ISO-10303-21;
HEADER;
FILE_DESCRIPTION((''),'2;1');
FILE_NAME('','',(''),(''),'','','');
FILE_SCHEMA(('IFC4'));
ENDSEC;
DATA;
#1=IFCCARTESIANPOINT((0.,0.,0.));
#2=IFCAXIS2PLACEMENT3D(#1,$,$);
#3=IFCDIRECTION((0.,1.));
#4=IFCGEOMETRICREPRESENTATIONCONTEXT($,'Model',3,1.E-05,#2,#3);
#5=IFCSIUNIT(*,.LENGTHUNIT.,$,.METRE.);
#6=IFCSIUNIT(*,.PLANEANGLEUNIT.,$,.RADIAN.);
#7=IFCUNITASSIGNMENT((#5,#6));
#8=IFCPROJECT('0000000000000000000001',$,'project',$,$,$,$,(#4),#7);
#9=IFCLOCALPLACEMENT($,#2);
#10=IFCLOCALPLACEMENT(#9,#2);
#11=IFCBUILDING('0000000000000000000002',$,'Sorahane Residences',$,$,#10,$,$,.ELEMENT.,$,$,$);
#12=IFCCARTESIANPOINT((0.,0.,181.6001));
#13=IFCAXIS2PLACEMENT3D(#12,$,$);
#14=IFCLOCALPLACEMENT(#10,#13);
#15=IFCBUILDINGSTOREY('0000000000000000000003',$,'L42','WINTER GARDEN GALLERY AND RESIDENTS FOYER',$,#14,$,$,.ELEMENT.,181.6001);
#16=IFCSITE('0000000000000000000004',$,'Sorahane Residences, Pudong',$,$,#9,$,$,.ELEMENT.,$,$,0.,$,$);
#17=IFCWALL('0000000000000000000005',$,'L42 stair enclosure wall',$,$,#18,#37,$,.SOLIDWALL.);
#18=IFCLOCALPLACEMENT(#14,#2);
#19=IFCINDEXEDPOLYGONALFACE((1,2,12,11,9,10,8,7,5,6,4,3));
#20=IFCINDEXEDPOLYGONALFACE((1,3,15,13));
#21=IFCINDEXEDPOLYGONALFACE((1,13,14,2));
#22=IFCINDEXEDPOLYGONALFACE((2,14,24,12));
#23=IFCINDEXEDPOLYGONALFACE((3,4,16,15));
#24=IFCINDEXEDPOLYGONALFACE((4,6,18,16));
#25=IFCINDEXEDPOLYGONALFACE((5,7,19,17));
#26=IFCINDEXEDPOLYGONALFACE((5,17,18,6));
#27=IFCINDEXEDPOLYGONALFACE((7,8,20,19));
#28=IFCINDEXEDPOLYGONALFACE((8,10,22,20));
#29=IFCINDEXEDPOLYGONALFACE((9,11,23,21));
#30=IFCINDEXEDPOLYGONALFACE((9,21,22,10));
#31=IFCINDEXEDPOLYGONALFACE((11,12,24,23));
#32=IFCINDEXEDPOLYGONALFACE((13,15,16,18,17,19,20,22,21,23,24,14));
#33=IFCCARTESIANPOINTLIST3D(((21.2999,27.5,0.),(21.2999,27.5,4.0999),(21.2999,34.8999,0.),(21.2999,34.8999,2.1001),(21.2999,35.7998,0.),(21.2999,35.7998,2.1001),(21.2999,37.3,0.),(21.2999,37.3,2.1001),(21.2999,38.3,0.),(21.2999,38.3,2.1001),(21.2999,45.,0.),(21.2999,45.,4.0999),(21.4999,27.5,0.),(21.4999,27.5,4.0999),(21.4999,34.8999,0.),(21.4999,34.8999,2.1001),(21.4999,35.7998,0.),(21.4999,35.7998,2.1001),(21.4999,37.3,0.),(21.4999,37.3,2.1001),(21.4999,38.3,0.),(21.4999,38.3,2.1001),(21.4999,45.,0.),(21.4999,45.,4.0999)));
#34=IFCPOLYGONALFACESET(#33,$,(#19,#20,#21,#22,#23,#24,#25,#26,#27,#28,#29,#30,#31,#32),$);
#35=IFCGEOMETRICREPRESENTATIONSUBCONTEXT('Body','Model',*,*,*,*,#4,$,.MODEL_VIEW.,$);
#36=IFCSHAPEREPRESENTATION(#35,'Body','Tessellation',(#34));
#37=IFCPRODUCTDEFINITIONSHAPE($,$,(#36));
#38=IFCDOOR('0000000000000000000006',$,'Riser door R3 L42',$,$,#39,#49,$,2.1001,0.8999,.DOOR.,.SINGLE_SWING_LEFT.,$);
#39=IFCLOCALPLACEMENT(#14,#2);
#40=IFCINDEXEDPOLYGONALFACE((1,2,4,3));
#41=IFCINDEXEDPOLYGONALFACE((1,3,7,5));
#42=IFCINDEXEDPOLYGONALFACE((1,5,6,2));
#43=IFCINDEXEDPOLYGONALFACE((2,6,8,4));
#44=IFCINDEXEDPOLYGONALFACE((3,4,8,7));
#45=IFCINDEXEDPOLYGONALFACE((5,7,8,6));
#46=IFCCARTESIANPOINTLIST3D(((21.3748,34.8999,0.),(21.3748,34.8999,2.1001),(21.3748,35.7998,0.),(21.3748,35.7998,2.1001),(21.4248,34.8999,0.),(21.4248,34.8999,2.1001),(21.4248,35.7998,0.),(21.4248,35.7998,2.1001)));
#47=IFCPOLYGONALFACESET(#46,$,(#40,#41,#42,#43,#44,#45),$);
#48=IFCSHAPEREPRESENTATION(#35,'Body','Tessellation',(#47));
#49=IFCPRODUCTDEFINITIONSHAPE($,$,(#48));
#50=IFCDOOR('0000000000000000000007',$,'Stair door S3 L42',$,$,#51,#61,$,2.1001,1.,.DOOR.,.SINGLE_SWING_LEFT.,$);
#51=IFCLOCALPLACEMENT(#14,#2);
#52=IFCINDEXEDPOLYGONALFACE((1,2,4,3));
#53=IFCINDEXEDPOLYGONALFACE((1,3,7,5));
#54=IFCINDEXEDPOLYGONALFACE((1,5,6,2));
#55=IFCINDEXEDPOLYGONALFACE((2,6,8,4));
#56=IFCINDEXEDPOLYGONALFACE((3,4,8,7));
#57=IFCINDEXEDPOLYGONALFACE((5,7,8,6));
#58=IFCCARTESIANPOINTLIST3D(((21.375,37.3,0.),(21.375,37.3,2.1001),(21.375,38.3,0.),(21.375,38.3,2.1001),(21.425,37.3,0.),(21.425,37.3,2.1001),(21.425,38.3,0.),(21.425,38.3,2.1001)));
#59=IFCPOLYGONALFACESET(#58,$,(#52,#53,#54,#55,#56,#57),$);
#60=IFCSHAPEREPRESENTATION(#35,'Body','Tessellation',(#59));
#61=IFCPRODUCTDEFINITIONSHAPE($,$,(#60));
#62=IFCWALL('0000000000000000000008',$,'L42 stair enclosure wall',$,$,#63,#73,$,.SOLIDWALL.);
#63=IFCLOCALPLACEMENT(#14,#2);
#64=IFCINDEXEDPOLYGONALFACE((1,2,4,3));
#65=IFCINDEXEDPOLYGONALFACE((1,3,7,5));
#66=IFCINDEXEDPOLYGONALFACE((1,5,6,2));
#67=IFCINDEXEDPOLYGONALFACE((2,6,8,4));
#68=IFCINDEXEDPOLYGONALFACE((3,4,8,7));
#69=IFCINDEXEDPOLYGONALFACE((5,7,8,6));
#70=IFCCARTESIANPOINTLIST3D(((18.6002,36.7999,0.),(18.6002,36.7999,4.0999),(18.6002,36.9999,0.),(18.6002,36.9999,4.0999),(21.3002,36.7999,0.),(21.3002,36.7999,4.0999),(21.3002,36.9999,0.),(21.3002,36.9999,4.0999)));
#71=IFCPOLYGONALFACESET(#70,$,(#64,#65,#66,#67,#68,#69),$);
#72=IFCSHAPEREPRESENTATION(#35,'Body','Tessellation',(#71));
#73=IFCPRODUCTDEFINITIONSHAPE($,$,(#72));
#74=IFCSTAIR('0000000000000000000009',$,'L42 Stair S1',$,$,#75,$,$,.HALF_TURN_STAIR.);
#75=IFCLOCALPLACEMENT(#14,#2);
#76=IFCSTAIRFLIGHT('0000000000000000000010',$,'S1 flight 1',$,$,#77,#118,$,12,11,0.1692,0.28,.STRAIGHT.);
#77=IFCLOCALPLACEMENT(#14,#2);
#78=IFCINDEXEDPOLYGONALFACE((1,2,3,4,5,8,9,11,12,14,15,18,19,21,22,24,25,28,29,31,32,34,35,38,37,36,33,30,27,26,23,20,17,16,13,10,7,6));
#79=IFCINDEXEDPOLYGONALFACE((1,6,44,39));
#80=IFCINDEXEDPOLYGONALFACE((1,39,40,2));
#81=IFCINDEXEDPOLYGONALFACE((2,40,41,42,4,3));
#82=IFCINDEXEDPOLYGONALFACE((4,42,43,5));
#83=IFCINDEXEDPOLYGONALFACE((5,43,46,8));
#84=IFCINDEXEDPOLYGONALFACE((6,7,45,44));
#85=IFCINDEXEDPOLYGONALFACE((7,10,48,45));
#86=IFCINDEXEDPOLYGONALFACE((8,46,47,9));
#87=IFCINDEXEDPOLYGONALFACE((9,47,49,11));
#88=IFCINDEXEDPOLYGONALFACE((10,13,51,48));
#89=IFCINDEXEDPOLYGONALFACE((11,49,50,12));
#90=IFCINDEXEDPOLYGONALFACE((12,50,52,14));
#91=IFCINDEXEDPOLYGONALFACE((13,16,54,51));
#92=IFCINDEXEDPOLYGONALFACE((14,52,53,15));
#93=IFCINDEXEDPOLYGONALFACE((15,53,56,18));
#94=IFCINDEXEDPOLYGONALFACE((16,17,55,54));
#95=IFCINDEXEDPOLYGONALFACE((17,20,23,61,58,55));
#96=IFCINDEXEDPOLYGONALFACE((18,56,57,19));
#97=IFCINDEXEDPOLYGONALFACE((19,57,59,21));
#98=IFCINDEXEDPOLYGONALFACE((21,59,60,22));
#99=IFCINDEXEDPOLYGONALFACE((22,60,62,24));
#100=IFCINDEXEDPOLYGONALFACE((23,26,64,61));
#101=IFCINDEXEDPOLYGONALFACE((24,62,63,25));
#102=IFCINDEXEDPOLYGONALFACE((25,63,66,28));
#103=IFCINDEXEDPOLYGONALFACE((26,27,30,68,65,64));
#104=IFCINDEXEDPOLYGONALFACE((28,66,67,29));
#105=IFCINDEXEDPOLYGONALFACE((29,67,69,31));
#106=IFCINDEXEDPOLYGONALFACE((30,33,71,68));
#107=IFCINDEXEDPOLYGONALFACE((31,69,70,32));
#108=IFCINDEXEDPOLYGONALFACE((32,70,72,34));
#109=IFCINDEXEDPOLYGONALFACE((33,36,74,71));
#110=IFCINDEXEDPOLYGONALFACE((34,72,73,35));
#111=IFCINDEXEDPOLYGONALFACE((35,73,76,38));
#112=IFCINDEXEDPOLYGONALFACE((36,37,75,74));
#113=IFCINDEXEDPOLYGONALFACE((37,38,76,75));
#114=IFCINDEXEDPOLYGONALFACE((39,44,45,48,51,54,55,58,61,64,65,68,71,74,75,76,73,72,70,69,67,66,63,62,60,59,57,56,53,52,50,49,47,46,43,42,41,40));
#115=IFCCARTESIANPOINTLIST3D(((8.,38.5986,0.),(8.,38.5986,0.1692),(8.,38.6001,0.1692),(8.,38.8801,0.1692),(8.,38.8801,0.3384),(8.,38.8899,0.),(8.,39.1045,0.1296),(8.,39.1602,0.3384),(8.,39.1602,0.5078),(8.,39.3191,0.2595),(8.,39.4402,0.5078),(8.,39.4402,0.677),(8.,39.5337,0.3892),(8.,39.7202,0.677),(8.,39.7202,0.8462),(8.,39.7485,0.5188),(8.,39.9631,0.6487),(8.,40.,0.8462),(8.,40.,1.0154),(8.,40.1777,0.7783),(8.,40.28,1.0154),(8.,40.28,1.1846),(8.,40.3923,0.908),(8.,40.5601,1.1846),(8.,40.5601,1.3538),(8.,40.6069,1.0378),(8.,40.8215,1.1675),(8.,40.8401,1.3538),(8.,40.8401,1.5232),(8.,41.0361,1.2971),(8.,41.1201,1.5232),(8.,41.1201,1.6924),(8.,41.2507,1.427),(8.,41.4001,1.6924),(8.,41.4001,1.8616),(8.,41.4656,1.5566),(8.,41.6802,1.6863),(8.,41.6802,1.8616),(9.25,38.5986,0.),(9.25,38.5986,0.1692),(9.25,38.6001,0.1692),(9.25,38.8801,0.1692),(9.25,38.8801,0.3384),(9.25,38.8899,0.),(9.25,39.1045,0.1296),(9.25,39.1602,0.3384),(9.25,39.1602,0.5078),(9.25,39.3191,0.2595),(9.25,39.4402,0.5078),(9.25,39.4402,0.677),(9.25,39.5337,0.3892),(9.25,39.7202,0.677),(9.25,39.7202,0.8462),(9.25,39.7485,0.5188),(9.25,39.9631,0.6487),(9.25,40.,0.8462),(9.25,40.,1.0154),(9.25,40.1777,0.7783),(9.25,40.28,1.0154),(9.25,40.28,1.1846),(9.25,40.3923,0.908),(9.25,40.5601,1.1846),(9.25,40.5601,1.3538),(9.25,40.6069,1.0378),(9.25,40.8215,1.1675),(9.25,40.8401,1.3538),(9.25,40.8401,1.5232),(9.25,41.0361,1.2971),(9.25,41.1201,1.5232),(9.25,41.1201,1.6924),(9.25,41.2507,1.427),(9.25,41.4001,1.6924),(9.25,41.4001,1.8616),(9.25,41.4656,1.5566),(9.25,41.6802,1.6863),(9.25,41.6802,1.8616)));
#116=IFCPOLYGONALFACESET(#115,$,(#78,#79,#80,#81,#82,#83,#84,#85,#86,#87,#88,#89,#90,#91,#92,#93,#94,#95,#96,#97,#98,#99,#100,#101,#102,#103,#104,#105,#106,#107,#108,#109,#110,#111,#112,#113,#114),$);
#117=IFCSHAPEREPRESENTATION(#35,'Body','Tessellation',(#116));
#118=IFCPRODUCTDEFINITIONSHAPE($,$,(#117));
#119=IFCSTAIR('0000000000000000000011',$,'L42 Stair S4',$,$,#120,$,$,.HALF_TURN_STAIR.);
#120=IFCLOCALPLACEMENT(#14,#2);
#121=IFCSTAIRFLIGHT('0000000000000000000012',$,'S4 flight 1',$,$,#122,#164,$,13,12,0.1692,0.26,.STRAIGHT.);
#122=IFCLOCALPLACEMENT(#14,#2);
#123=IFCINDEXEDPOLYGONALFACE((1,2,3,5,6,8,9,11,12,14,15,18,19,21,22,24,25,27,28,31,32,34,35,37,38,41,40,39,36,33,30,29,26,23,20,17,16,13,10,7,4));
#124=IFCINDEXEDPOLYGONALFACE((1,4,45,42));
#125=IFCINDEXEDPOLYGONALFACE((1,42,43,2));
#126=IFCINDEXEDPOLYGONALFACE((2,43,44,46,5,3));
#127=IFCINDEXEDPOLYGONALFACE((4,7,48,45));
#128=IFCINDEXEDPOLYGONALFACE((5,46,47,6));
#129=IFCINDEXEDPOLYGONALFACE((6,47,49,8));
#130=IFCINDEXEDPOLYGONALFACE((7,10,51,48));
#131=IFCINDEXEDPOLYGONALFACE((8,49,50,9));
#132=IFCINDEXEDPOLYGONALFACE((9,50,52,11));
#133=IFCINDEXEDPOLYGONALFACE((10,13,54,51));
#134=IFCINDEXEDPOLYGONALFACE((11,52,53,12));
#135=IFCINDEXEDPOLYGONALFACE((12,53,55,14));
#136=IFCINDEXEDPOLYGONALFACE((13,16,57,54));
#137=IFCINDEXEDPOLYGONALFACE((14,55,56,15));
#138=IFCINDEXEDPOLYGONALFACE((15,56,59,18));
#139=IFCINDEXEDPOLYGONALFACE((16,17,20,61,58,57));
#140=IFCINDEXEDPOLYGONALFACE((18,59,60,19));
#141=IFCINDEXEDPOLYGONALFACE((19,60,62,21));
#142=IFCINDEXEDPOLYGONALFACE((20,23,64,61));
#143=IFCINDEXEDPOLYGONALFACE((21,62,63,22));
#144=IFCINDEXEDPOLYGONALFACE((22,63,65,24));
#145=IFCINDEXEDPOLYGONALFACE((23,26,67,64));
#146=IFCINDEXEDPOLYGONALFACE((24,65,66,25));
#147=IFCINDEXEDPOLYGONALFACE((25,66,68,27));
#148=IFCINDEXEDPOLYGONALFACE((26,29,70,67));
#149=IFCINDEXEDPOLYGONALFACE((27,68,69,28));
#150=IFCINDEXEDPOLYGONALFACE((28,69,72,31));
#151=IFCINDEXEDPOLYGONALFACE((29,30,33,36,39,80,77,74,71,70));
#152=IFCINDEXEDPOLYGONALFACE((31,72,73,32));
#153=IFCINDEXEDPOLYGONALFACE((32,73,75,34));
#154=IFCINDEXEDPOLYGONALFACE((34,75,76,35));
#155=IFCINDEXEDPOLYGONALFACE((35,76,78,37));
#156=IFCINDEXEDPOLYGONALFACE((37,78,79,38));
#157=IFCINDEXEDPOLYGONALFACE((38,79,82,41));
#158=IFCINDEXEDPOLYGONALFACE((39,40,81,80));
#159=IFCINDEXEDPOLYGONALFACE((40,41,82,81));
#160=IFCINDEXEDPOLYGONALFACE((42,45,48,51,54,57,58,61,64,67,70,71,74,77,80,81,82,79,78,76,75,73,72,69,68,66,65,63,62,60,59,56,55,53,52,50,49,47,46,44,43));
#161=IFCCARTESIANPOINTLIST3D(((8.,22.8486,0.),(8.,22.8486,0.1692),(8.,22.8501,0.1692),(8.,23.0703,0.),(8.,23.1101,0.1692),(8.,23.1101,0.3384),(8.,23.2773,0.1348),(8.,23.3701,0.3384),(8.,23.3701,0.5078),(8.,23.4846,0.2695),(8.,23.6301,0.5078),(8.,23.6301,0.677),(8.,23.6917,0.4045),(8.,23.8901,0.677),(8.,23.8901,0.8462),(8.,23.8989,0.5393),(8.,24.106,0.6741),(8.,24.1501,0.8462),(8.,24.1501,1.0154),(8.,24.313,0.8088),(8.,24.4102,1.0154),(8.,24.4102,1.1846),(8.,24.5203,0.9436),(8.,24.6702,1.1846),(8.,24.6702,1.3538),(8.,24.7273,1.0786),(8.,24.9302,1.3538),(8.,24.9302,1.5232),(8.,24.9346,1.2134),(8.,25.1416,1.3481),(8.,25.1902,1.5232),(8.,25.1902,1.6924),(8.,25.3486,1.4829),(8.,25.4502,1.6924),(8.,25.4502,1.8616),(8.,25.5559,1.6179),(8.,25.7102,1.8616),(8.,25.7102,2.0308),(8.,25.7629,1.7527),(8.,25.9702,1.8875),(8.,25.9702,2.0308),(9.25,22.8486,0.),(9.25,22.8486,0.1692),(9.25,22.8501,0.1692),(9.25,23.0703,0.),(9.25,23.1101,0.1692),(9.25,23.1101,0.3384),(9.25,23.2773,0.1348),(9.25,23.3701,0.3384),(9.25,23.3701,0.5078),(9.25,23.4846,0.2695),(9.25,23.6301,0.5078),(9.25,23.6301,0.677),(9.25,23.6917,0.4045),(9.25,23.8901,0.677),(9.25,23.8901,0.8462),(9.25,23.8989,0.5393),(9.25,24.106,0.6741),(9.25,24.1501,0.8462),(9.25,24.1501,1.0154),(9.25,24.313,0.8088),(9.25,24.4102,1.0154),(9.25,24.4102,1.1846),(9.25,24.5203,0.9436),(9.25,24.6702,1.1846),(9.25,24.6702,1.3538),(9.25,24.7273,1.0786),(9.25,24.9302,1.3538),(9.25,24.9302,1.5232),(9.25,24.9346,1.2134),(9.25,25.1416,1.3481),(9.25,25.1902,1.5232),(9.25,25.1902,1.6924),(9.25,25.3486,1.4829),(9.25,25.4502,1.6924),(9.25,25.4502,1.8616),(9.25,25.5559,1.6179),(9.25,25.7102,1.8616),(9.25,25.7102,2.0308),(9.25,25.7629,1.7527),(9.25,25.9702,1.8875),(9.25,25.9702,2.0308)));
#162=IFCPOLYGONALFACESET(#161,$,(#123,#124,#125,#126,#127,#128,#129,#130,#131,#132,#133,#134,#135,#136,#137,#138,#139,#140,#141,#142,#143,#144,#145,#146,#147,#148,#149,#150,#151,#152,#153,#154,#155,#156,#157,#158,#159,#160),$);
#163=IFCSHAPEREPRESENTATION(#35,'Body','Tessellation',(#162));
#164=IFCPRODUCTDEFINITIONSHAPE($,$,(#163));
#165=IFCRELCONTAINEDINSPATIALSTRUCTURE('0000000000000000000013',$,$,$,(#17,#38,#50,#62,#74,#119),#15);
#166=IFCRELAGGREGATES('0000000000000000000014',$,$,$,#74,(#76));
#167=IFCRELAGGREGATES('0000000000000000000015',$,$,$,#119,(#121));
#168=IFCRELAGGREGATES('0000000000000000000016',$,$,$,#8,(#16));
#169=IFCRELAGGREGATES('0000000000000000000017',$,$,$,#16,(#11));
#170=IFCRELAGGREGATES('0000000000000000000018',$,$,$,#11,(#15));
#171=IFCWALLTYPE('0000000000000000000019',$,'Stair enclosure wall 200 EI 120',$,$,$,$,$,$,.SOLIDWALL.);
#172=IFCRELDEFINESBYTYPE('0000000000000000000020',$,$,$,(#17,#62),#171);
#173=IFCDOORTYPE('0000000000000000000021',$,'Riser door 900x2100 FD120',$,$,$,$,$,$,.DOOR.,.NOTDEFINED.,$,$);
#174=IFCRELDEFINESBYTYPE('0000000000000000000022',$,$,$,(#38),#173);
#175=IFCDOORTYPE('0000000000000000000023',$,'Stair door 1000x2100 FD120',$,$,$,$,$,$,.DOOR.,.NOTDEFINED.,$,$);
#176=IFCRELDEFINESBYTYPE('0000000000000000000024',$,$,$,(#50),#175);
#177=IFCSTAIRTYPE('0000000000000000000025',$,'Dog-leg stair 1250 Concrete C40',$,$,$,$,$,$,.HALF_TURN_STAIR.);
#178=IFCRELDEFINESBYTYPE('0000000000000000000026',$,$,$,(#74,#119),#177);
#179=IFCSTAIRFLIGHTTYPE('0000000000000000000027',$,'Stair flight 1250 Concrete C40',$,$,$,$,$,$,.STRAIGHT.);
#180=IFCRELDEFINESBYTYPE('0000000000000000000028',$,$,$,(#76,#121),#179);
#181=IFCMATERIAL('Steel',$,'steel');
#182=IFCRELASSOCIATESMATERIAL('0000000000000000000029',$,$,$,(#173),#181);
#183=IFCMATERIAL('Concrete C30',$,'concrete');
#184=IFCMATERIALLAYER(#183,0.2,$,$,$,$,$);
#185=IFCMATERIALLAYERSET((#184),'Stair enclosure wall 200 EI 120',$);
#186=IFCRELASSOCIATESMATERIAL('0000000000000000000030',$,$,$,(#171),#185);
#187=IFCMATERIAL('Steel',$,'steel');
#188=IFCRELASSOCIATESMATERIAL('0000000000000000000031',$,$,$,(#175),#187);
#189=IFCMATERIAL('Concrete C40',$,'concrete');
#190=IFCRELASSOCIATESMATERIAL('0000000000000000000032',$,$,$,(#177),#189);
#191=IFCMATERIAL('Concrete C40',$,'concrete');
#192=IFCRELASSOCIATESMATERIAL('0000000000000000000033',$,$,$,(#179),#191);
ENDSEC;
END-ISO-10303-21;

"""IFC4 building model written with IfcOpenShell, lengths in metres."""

from ifc_helpers import new_model, si_unit, direction, frame, frame_2d, origin, place, context, subcontext, project, spatial, polyline, rectangle, outline, extrude, material, layer, layer_set, type_object, element, fill, aggregate, save


model = new_model("IFC4")

# Units and contexts
model_context = context("Model", 3, precision=1e-05, world=origin(), true_north=direction((0.0, 1.0)))
body_context = subcontext(model_context, "Body", "Model", "MODEL_VIEW")
ifc_project = project(units=[si_unit("LENGTHUNIT", "METRE"), si_unit("PLANEANGLEUNIT", "RADIAN")], contexts=[model_context])

# Site, building, storey
site_placement = place(None, origin())
site = spatial("IfcSite", under=ifc_project, at=site_placement, Name="Sorahane Residences, Pudong", CompositionType="ELEMENT", RefElevation=0.0)
building_placement = place(site_placement, origin())
building = spatial("IfcBuilding", under=site, at=building_placement, Name="Sorahane Residences", CompositionType="ELEMENT")
storey_placement = place(building_placement, frame((0.0, 0.0, 181.6001)))
storey = spatial("IfcBuildingStorey", under=building, at=storey_placement, Name="L42", Description="WINTER GARDEN GALLERY AND RESIDENTS FOYER", CompositionType="ELEMENT", Elevation=181.6001)

# Shared definitions
ifc_material_1 = material(Name="Steel", Category="steel")
door_type_1 = type_object("IfcDoorType", Name="Riser door 900x2100 FD120", OperationType="NOTDEFINED", PredefinedType="DOOR", material=ifc_material_1)

# Wall, openings, doors
ifc_material_2 = material(Name="Concrete C30", Category="concrete")
ifc_layer_1 = layer(ifc_material_2, 0.2)
ifc_layer_set_1 = layer_set([ifc_layer_1], Name="Stair enclosure wall 200 EI 120")
wall_type_1 = type_object("IfcWallType", Name="Stair enclosure wall 200 EI 120", PredefinedType="SOLIDWALL", material=ifc_layer_set_1)
wall_1_placement = place(storey_placement, frame((21.3999, 27.5, 0.0), z_axis=(0.0, 0.0, 1.0), x_axis=(0.0, 1.0, 0.0)))
wall_1 = element("IfcWall", 1, at=wall_1_placement, inside=storey, type_object=wall_type_1, Name="L42 stair enclosure wall", PredefinedType="SOLIDWALL", context=body_context, shape_type="SweptSolid", body=[
    extrude(rectangle(XDim=17.5, YDim=0.2, at=frame_2d((8.75, 0.0))), origin(), (0.0, 0.0, 1.0), 4.0999),
])
opening_1_placement = place(wall_1_placement, frame((9.8, 0.0, 0.0)))
opening_1 = element("IfcOpeningElement", 2, at=opening_1_placement, cuts=wall_1, PredefinedType="OPENING", context=body_context, shape_type="SweptSolid", body=[
    extrude(rectangle(XDim=1.0, YDim=2.1001, at=frame_2d((0.5, 1.05))), frame((0.0, 0.1099, 0.0), z_axis=(0.0, -1.0, 0.0), x_axis=(1.0, 0.0, 0.0)), (0.0, 0.0, 1.0), 0.22),
])
opening_2_placement = place(wall_1_placement, frame((7.3999, 0.0, 0.0)))
opening_2 = element("IfcOpeningElement", 3, at=opening_2_placement, cuts=wall_1, PredefinedType="OPENING", context=body_context, shape_type="SweptSolid", body=[
    extrude(rectangle(XDim=0.8999, YDim=2.1001, at=frame_2d((0.45, 1.05))), frame((0.0, 0.1099, 0.0), z_axis=(0.0, -1.0, 0.0), x_axis=(1.0, 0.0, 0.0)), (0.0, 0.0, 1.0), 0.22),
])
door_1_placement = place(opening_2_placement, frame((0.8999, 0.0, 0.0), z_axis=(0.0, 0.0, 1.0), x_axis=(-1.0, 0.0, 0.0)))
door_1 = element("IfcDoor", 4, at=door_1_placement, inside=storey, type_object=door_type_1, Name="Riser door R3 L42", OperationType="SINGLE_SWING_LEFT", OverallHeight=2.1001, OverallWidth=0.8999, PredefinedType="DOOR", context=body_context, shape_type="SweptSolid", body=[
    extrude(rectangle(XDim=0.8999, YDim=2.1001, at=frame_2d((0.45, 1.05))), frame((0.0, 0.0249, 0.0), z_axis=(0.0, -1.0, 0.0), x_axis=(1.0, 0.0, 0.0)), (0.0, 0.0, 1.0), 0.05),
])
fill(opening_2, door_1)
ifc_material_3 = material(Name="Steel", Category="steel")
door_type_2 = type_object("IfcDoorType", Name="Stair door 1000x2100 FD120", OperationType="NOTDEFINED", PredefinedType="DOOR", material=ifc_material_3)
door_2_placement = place(opening_1_placement, origin())
door_2 = element("IfcDoor", 5, at=door_2_placement, inside=storey, type_object=door_type_2, Name="Stair door S3 L42", OperationType="SINGLE_SWING_LEFT", OverallHeight=2.1001, OverallWidth=1.0, PredefinedType="DOOR", context=body_context, shape_type="SweptSolid", body=[
    extrude(rectangle(XDim=1.0, YDim=2.1001, at=frame_2d((0.5, 1.05))), frame((0.0, 0.0249, 0.0), z_axis=(0.0, -1.0, 0.0), x_axis=(1.0, 0.0, 0.0)), (0.0, 0.0, 1.0), 0.05),
])
fill(opening_1, door_2)

# Wall
wall_2_placement = place(storey_placement, frame((18.6001, 36.8999, 0.0), z_axis=(0.0, 0.0, 1.0), x_axis=(1.0, 0.0, 0.0)))
element("IfcWall", 6, at=wall_2_placement, inside=storey, type_object=wall_type_1, Name="L42 stair enclosure wall", PredefinedType="SOLIDWALL", context=body_context, shape_type="SweptSolid", body=[
    extrude(rectangle(XDim=2.7, YDim=0.2, at=frame_2d((1.3501, 0.0))), origin(), (0.0, 0.0, 1.0), 4.0999),
])

# Stair, stair flight
ifc_material_4 = material(Name="Concrete C40", Category="concrete")
stair_type = type_object("IfcStairType", Name="Dog-leg stair 1250 Concrete C40", PredefinedType="HALF_TURN_STAIR", material=ifc_material_4)
stair_1_placement = place(storey_placement, origin())
stair_1 = element("IfcStair", 7, at=stair_1_placement, inside=storey, type_object=stair_type, Name="L42 Stair S1", PredefinedType="HALF_TURN_STAIR")
ifc_material_5 = material(Name="Concrete C40", Category="concrete")
stair_flight_type = type_object("IfcStairFlightType", Name="Stair flight 1250 Concrete C40", PredefinedType="STRAIGHT", material=ifc_material_5)
stair_flight_1_placement = place(storey_placement, frame((8.625, 38.6001, 0.0), z_axis=(0.0, 0.0, 1.0), x_axis=(0.0, 1.0, 0.0)))
stair_flight_1 = element("IfcStairFlight", 8, at=stair_flight_1_placement, type_object=stair_flight_type, Name="S1 flight 1", NumberOfRisers=12, NumberOfTreads=11, PredefinedType="STRAIGHT", RiserHeight=0.1692, TreadLength=0.28, context=body_context, shape_type="SweptSolid", body=[
    extrude(outline(polyline([(-0.0015, 0.0), (-0.0015, 0.1692), (0.0, 0.1692), (0.28, 0.1692), (0.28, 0.3384), (0.5601, 0.3384), (0.5601, 0.5078), (0.8401, 0.5078), (0.8401, 0.677), (1.1201, 0.677), (1.1201, 0.8462), (1.3999, 0.8462), (1.3999, 1.0154), (1.6799, 1.0154), (1.6799, 1.1846), (1.96, 1.1846), (1.96, 1.3538), (2.24, 1.3538), (2.24, 1.5232), (2.52, 1.5232), (2.52, 1.6924), (2.8, 1.6924), (2.8, 1.8616), (3.0801, 1.8616), (3.0801, 2.0308), (3.0801, 1.6863), (2.8655, 1.5566), (2.6506, 1.427), (2.436, 1.2971), (2.2214, 1.1675), (2.0068, 1.0378), (1.7922, 0.908), (1.5776, 0.7783), (1.363, 0.6487), (1.1484, 0.5188), (0.9336, 0.3892), (0.719, 0.2595), (0.5044, 0.1296), (0.2898, 0.0), (-0.0015, 0.0)])), frame((0.0, 0.625, 0.0), z_axis=(0.0, -1.0, 0.0), x_axis=(1.0, 0.0, 0.0)), (0.0, 0.0, 1.0), 1.25),
])
aggregate(stair_1, [stair_flight_1])

# Stair, stair flight
stair_2_placement = place(storey_placement, origin())
stair_2 = element("IfcStair", 9, at=stair_2_placement, inside=storey, type_object=stair_type, Name="L42 Stair S4", PredefinedType="HALF_TURN_STAIR")
stair_flight_2_placement = place(storey_placement, frame((8.625, 22.8501, 0.0), z_axis=(0.0, 0.0, 1.0), x_axis=(0.0, 1.0, 0.0)))
stair_flight_2 = element("IfcStairFlight", 10, at=stair_flight_2_placement, type_object=stair_flight_type, Name="S4 flight 1", NumberOfRisers=13, NumberOfTreads=12, PredefinedType="STRAIGHT", RiserHeight=0.1692, TreadLength=0.26, context=body_context, shape_type="SweptSolid", body=[
    extrude(outline(polyline([(-0.0015, 0.0), (-0.0015, 0.1692), (0.0, 0.1692), (0.26, 0.1692), (0.26, 0.3384), (0.52, 0.3384), (0.52, 0.5078), (0.78, 0.5078), (0.78, 0.677), (1.04, 0.677), (1.04, 0.8462), (1.3, 0.8462), (1.3, 1.0154), (1.5601, 1.0154), (1.5601, 1.1846), (1.8201, 1.1846), (1.8201, 1.3538), (2.0801, 1.3538), (2.0801, 1.5232), (2.3401, 1.5232), (2.3401, 1.6924), (2.6001, 1.6924), (2.6001, 1.8616), (2.8601, 1.8616), (2.8601, 2.0308), (3.1201, 2.0308), (3.1201, 2.2), (3.1201, 1.8875), (2.9128, 1.7527), (2.7058, 1.6179), (2.4985, 1.4829), (2.2915, 1.3481), (2.0845, 1.2134), (1.8772, 1.0786), (1.6702, 0.9436), (1.4629, 0.8088), (1.2559, 0.6741), (1.0488, 0.5393), (0.8416, 0.4045), (0.6345, 0.2695), (0.4272, 0.1348), (0.2202, 0.0), (-0.0015, 0.0)])), frame((0.0, 0.625, 0.0), z_axis=(0.0, -1.0, 0.0), x_axis=(1.0, 0.0, 0.0)), (0.0, 0.0, 1.0), 1.25),
])
aggregate(stair_2, [stair_flight_2])

save(model, "model.ifc")
